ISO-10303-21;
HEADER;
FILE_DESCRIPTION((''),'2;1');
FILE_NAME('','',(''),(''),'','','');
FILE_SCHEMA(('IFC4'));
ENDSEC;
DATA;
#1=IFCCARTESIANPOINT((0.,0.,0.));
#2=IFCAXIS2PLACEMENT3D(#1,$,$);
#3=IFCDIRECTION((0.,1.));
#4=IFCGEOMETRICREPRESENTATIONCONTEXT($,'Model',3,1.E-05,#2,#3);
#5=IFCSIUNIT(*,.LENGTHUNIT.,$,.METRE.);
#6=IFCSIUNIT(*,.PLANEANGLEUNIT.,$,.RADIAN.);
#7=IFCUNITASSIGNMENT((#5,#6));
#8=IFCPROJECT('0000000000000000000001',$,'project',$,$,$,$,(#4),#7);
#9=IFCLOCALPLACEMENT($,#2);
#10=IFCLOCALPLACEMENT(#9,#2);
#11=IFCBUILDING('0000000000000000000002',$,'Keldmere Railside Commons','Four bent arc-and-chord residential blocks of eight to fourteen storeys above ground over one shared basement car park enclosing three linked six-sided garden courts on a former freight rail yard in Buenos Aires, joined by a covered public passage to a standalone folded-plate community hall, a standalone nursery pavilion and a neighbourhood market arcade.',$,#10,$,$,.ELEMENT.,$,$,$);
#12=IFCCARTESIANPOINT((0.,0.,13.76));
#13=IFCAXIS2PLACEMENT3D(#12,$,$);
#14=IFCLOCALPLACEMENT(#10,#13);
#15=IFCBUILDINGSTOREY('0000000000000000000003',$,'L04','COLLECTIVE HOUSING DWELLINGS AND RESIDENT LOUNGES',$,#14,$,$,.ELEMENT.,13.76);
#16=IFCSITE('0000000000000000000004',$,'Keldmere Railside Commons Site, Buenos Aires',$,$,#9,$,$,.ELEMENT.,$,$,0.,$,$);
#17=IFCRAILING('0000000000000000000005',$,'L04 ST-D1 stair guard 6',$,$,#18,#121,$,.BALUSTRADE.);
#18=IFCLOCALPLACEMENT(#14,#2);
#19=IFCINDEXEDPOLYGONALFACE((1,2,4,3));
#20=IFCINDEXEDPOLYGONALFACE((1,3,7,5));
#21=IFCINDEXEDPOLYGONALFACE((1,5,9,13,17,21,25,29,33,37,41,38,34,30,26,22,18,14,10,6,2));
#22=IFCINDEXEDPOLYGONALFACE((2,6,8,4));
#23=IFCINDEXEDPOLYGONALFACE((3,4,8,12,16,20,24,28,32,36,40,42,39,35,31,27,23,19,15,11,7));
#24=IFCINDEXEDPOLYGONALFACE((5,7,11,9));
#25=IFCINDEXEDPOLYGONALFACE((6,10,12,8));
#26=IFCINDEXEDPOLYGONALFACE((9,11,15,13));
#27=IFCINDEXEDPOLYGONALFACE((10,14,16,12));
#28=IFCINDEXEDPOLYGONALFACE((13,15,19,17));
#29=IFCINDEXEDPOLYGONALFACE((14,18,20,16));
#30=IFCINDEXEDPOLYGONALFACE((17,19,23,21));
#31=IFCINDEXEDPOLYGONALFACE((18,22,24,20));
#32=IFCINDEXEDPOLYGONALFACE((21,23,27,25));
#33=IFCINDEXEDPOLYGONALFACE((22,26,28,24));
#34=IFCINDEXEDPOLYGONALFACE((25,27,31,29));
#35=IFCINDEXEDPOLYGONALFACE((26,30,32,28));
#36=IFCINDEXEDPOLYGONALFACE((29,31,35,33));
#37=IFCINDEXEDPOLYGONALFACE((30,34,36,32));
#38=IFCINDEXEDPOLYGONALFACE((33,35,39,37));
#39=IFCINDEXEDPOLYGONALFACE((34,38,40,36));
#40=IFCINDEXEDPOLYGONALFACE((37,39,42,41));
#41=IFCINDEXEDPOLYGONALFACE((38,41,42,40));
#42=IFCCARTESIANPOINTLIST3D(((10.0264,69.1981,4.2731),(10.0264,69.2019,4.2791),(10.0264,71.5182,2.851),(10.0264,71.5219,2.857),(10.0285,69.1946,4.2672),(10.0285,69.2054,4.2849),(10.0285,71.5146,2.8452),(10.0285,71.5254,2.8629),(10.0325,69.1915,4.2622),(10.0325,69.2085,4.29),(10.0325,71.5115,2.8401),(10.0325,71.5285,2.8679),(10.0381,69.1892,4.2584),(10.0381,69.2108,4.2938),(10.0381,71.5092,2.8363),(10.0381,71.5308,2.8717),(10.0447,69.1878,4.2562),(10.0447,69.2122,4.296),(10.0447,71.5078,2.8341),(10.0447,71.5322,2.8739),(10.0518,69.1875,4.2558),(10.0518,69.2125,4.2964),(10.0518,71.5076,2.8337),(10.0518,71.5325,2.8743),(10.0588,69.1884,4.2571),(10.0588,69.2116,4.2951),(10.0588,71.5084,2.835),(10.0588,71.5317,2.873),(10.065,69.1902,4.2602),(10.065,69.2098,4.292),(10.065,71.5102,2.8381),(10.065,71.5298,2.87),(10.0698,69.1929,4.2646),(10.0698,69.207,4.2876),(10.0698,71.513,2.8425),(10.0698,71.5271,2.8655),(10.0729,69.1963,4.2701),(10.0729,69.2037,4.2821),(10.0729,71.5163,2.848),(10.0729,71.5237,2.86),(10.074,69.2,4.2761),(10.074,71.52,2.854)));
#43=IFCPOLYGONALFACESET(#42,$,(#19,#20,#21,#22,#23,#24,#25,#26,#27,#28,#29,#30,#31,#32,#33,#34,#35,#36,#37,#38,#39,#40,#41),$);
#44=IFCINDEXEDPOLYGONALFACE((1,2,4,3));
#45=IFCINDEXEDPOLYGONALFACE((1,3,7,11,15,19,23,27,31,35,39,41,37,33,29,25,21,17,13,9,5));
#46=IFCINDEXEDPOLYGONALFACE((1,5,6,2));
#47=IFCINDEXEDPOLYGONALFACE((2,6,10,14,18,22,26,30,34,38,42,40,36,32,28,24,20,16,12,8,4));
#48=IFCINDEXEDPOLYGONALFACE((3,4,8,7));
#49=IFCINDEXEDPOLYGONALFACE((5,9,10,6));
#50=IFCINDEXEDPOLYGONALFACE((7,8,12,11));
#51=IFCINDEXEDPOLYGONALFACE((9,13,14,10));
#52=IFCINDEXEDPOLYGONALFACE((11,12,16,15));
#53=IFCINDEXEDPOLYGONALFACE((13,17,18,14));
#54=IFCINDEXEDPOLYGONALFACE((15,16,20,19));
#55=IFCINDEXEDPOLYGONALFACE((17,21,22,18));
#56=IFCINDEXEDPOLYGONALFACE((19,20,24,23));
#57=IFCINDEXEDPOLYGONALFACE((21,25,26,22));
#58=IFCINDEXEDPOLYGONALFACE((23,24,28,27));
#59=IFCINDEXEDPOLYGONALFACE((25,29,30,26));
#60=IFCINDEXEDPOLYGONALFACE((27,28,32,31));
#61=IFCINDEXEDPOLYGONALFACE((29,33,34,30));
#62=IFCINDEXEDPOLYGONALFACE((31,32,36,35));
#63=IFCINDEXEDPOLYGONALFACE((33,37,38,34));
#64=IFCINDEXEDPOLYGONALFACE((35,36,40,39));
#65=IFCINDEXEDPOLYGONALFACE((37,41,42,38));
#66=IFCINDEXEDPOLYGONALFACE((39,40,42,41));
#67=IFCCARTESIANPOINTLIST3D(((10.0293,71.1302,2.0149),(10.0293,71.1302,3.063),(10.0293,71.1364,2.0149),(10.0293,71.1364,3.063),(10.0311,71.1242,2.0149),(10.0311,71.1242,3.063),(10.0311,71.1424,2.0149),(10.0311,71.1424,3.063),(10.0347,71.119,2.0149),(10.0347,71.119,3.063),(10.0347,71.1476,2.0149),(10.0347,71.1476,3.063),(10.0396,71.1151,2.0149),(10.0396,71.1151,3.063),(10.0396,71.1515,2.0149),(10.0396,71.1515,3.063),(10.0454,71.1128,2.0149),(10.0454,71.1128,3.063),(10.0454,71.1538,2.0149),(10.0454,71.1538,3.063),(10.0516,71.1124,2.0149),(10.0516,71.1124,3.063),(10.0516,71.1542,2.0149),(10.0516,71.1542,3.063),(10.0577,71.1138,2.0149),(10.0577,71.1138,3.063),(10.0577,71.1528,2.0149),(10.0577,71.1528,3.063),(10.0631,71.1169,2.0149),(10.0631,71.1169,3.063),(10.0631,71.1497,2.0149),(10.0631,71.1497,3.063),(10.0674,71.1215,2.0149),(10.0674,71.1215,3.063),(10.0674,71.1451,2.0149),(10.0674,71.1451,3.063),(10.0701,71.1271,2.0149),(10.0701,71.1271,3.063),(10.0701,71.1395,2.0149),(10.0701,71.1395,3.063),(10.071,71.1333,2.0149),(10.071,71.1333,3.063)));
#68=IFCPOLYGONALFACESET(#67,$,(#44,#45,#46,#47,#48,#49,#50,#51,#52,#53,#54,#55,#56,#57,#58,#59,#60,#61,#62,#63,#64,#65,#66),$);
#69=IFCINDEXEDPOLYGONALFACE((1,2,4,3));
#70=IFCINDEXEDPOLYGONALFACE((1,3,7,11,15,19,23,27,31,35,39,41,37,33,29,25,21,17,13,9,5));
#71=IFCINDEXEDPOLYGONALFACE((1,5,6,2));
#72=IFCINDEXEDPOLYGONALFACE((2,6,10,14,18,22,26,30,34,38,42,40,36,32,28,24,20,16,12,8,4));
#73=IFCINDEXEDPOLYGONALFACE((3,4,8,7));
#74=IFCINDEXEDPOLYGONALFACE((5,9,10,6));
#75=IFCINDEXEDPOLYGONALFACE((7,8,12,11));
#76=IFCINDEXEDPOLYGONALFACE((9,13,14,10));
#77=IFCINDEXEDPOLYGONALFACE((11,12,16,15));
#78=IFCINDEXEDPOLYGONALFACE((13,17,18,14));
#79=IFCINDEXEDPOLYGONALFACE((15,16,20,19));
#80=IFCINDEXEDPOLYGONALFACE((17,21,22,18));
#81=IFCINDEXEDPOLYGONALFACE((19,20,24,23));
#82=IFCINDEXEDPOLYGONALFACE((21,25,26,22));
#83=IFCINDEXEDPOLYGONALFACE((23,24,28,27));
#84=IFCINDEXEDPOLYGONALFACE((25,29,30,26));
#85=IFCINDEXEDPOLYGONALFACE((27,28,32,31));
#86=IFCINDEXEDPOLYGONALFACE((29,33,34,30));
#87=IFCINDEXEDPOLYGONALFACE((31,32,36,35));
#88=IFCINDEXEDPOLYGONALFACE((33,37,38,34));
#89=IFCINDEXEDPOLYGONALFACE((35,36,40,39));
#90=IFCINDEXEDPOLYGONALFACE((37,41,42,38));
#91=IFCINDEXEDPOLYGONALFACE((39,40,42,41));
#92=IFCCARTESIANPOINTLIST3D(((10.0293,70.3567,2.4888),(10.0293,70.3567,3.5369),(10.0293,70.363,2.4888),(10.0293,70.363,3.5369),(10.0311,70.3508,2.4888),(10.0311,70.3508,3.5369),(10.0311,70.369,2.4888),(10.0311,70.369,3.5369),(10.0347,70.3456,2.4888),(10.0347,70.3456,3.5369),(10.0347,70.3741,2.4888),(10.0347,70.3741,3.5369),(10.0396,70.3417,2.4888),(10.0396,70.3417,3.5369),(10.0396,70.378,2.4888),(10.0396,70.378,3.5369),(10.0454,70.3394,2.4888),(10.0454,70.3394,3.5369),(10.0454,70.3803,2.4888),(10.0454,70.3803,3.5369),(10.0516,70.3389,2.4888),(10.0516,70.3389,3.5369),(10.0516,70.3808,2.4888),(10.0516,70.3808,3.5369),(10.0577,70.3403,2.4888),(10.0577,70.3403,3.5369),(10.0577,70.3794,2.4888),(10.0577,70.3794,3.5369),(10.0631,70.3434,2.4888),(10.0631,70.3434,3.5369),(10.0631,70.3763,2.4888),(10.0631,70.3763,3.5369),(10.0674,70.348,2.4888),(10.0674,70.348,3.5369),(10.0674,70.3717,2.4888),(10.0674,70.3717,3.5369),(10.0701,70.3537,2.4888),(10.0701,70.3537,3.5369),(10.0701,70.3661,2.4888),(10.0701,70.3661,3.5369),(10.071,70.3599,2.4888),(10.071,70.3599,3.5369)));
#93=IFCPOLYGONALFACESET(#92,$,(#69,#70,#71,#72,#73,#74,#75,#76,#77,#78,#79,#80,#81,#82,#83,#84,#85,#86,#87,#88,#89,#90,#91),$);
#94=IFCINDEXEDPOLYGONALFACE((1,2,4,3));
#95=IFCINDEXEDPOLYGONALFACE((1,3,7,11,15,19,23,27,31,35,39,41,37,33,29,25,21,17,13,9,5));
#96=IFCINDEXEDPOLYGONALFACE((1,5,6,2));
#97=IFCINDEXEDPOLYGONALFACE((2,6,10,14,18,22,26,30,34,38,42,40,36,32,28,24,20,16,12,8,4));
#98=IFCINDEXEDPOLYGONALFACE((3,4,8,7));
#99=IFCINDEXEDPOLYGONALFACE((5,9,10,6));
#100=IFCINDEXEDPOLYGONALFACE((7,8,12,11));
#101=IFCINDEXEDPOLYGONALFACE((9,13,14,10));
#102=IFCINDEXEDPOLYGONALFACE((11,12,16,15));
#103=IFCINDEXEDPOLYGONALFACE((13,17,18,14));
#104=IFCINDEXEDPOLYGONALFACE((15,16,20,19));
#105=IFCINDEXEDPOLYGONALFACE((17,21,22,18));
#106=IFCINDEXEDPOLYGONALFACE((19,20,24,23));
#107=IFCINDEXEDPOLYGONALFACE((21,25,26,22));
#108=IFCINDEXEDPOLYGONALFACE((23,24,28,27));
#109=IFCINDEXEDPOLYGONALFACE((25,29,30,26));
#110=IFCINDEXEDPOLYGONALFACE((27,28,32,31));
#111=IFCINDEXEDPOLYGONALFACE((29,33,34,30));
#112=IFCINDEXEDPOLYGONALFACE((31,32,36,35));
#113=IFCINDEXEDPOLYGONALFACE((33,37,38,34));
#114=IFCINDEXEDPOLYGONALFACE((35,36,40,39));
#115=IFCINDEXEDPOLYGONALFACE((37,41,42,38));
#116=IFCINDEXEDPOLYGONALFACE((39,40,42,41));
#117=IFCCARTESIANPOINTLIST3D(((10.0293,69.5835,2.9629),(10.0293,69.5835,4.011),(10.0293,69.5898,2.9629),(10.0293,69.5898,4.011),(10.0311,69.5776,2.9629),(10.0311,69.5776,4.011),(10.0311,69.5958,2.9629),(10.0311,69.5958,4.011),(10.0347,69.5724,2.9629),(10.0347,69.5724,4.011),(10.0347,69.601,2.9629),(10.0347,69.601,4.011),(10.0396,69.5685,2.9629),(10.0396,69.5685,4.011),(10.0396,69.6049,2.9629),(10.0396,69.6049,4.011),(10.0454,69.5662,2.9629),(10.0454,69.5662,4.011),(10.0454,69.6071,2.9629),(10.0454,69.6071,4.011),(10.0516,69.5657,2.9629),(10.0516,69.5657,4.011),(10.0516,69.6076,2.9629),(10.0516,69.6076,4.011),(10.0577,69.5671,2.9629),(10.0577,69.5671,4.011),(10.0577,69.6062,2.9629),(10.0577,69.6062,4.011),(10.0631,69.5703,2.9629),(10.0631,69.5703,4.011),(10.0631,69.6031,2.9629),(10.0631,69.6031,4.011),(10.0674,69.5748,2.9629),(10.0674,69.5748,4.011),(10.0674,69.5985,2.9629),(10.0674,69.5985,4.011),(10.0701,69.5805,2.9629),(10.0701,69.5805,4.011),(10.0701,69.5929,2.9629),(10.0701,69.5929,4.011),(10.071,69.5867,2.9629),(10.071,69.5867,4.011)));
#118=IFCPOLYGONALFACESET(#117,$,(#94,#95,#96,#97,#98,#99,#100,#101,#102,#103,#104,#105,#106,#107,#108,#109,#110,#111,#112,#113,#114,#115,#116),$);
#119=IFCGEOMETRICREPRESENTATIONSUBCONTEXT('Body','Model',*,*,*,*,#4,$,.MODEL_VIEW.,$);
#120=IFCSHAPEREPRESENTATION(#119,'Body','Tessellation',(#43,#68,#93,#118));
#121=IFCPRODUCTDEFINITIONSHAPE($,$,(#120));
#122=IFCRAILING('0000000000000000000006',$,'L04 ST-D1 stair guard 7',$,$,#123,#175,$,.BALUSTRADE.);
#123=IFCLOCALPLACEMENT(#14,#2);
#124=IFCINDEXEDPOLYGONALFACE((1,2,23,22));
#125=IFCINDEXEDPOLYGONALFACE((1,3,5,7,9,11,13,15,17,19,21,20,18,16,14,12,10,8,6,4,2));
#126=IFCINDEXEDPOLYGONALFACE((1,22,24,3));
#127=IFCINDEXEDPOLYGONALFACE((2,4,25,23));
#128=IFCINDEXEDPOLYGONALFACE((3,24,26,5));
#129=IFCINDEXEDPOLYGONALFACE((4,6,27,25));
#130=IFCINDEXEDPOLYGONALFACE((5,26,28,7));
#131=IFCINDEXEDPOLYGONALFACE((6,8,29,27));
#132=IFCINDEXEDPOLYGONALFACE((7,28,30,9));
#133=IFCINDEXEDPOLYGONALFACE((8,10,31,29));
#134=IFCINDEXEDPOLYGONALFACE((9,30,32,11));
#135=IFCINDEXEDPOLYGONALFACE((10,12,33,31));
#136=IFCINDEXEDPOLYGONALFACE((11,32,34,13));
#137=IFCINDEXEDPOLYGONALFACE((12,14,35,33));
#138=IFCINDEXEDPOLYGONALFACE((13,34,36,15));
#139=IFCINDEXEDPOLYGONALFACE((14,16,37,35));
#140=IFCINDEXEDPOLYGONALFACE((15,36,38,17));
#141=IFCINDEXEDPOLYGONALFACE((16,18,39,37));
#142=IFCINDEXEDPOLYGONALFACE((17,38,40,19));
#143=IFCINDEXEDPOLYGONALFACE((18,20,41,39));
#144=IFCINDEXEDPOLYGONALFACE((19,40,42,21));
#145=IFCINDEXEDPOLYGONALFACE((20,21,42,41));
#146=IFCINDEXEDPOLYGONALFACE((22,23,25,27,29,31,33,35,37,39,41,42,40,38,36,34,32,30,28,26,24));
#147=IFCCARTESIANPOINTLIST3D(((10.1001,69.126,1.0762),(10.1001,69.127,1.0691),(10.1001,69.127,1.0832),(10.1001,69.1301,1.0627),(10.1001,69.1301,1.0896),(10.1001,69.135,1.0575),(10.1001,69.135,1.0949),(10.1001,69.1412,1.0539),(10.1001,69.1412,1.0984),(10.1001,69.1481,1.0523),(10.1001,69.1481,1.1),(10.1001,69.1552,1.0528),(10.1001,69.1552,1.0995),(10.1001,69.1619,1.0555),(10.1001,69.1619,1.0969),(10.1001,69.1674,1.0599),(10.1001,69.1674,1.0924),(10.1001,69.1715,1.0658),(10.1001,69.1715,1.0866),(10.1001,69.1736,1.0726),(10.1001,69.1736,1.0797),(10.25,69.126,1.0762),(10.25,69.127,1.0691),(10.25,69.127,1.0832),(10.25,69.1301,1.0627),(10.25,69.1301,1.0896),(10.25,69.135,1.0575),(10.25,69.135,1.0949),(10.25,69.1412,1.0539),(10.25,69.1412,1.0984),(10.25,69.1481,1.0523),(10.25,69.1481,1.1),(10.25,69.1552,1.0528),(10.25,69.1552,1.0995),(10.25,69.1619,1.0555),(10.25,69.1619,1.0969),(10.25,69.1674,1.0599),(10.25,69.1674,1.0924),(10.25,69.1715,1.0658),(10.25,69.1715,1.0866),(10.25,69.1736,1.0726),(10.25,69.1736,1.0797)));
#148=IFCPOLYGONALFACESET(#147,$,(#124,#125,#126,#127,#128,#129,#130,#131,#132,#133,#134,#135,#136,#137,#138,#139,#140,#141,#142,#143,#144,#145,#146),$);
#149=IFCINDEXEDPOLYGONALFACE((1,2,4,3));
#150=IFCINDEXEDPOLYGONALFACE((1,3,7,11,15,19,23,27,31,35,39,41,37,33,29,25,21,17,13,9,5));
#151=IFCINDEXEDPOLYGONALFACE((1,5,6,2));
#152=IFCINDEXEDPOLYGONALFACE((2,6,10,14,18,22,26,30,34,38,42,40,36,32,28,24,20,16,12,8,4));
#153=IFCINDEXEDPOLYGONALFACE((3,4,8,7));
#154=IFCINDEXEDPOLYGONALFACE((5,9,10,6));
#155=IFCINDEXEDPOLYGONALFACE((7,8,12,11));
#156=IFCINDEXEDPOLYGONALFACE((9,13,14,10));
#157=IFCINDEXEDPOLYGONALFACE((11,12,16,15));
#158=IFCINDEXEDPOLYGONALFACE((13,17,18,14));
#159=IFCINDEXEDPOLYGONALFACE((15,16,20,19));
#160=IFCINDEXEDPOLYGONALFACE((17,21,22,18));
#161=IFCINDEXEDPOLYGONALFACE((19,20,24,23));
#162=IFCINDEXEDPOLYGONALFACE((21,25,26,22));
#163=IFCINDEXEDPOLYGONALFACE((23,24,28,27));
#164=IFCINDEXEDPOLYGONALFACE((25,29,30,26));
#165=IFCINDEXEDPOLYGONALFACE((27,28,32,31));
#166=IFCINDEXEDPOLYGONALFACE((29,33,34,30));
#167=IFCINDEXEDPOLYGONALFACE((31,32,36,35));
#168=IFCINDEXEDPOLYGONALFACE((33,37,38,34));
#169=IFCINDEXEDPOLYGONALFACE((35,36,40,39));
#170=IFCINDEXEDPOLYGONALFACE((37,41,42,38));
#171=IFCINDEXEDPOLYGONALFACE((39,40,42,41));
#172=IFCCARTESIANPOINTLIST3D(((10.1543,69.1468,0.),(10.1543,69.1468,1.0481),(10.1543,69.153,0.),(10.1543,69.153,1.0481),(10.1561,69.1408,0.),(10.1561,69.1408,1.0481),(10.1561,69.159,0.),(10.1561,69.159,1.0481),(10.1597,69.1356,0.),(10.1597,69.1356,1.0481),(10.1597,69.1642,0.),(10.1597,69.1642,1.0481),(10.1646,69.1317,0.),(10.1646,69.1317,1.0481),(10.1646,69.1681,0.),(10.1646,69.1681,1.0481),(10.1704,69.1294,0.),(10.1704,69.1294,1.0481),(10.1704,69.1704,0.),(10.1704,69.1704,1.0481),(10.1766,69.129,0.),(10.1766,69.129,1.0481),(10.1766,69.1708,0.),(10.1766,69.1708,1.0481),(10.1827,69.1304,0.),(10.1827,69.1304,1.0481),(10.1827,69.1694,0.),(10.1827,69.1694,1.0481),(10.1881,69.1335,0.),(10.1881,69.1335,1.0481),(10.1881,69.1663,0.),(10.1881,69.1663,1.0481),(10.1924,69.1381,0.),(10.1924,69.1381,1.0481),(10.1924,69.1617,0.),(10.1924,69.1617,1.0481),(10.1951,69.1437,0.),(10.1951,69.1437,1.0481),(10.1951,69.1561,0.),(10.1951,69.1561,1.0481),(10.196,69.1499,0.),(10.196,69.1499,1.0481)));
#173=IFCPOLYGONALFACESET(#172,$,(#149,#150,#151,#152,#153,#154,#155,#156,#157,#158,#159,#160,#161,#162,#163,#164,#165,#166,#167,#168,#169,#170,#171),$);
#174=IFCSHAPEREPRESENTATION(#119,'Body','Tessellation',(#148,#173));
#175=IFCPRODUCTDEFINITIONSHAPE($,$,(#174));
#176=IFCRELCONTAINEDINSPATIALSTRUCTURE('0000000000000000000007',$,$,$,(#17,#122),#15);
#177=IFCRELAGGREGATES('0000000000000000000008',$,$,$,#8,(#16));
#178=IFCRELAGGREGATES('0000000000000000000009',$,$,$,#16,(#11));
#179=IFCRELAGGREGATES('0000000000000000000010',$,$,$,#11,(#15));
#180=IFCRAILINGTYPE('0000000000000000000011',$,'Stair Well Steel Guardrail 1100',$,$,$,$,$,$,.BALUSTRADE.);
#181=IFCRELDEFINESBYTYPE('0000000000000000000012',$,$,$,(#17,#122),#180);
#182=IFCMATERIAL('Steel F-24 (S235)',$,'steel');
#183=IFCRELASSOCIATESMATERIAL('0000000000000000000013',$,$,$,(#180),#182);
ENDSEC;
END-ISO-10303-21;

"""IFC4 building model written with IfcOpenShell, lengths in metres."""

from ifc_helpers import new_model, si_unit, direction, frame, origin, origin_2d, place, context, subcontext, project, spatial, circle, extrude, material, type_object, element, save


model = new_model("IFC4")

# Units and contexts
model_context = context("Model", 3, precision=1e-05, world=origin(), true_north=direction((0.0, 1.0)))
body_context = subcontext(model_context, "Body", "Model", "MODEL_VIEW")
ifc_project = project(units=[si_unit("LENGTHUNIT", "METRE"), si_unit("PLANEANGLEUNIT", "RADIAN")], contexts=[model_context])

# Site, building, storey
site_placement = place(None, origin())
site = spatial("IfcSite", under=ifc_project, at=site_placement, Name="Keldmere Railside Commons Site, Buenos Aires", CompositionType="ELEMENT", RefElevation=0.0)
building_placement = place(site_placement, origin())
building = spatial("IfcBuilding", under=site, at=building_placement, Name="Keldmere Railside Commons", Description="Four bent arc-and-chord residential blocks of eight to fourteen storeys above ground over one shared basement car park enclosing three linked six-sided garden courts on a former freight rail yard in Buenos Aires, joined by a covered public passage to a standalone folded-plate community hall, a standalone nursery pavilion and a neighbourhood market arcade.", CompositionType="ELEMENT")
storey_placement = place(building_placement, frame((0.0, 0.0, 13.76)))
storey = spatial("IfcBuildingStorey", under=building, at=storey_placement, Name="L04", Description="COLLECTIVE HOUSING DWELLINGS AND RESIDENT LOUNGES", CompositionType="ELEMENT", Elevation=13.76)

# Railings
ifc_material_1 = material(Name="Steel F-24 (S235)", Category="steel")
railing_type_1 = type_object("IfcRailingType", Name="Stair Well Steel Guardrail 1100", PredefinedType="BALUSTRADE", material=ifc_material_1)
railing_1_placement = place(storey_placement, frame((10.05, 71.52, 1.7778)))
element("IfcRailing", 1, at=railing_1_placement, inside=storey, type_object=railing_type_1, Name="L04 ST-D1 stair guard 6", PredefinedType="BALUSTRADE", context=body_context, shape_type="SweptSolid", body=[
    extrude(circle(Radius=0.0239, at=origin_2d()), frame((0.0, 0.0, 1.0762), z_axis=(0.0, -0.852578, 0.5226), x_axis=(1.0, 0.0, 0.0)), (0.0, 0.0, 1.0), 2.7212),
    extrude(circle(Radius=0.021, at=origin_2d()), frame((0.0, -0.3867, 0.2371)), (0.0, 0.0, 1.0), 1.0481),
    extrude(circle(Radius=0.021, at=origin_2d()), frame((0.0, -1.1602, 0.7109)), (0.0, 0.0, 1.0), 1.0481),
    extrude(circle(Radius=0.021, at=origin_2d()), frame((0.0, -1.9333, 1.1851)), (0.0, 0.0, 1.0), 1.0481),
])
railing_2_placement = place(storey_placement, frame((10.25, 69.1499, 0.0)))
element("IfcRailing", 2, at=railing_2_placement, inside=storey, type_object=railing_type_1, Name="L04 ST-D1 stair guard 7", PredefinedType="BALUSTRADE", context=body_context, shape_type="SweptSolid", body=[
    extrude(circle(Radius=0.0239, at=origin_2d()), frame((0.0, 0.0, 1.0762), z_axis=(-1.0, 0.0, 0.0), x_axis=(0.0, -1.0, 0.0)), (0.0, 0.0, 1.0), 0.1499),
    extrude(circle(Radius=0.021, at=origin_2d()), frame((-0.075, 0.0, 0.0)), (0.0, 0.0, 1.0), 1.0481),
])

save(model, "model.ifc")
